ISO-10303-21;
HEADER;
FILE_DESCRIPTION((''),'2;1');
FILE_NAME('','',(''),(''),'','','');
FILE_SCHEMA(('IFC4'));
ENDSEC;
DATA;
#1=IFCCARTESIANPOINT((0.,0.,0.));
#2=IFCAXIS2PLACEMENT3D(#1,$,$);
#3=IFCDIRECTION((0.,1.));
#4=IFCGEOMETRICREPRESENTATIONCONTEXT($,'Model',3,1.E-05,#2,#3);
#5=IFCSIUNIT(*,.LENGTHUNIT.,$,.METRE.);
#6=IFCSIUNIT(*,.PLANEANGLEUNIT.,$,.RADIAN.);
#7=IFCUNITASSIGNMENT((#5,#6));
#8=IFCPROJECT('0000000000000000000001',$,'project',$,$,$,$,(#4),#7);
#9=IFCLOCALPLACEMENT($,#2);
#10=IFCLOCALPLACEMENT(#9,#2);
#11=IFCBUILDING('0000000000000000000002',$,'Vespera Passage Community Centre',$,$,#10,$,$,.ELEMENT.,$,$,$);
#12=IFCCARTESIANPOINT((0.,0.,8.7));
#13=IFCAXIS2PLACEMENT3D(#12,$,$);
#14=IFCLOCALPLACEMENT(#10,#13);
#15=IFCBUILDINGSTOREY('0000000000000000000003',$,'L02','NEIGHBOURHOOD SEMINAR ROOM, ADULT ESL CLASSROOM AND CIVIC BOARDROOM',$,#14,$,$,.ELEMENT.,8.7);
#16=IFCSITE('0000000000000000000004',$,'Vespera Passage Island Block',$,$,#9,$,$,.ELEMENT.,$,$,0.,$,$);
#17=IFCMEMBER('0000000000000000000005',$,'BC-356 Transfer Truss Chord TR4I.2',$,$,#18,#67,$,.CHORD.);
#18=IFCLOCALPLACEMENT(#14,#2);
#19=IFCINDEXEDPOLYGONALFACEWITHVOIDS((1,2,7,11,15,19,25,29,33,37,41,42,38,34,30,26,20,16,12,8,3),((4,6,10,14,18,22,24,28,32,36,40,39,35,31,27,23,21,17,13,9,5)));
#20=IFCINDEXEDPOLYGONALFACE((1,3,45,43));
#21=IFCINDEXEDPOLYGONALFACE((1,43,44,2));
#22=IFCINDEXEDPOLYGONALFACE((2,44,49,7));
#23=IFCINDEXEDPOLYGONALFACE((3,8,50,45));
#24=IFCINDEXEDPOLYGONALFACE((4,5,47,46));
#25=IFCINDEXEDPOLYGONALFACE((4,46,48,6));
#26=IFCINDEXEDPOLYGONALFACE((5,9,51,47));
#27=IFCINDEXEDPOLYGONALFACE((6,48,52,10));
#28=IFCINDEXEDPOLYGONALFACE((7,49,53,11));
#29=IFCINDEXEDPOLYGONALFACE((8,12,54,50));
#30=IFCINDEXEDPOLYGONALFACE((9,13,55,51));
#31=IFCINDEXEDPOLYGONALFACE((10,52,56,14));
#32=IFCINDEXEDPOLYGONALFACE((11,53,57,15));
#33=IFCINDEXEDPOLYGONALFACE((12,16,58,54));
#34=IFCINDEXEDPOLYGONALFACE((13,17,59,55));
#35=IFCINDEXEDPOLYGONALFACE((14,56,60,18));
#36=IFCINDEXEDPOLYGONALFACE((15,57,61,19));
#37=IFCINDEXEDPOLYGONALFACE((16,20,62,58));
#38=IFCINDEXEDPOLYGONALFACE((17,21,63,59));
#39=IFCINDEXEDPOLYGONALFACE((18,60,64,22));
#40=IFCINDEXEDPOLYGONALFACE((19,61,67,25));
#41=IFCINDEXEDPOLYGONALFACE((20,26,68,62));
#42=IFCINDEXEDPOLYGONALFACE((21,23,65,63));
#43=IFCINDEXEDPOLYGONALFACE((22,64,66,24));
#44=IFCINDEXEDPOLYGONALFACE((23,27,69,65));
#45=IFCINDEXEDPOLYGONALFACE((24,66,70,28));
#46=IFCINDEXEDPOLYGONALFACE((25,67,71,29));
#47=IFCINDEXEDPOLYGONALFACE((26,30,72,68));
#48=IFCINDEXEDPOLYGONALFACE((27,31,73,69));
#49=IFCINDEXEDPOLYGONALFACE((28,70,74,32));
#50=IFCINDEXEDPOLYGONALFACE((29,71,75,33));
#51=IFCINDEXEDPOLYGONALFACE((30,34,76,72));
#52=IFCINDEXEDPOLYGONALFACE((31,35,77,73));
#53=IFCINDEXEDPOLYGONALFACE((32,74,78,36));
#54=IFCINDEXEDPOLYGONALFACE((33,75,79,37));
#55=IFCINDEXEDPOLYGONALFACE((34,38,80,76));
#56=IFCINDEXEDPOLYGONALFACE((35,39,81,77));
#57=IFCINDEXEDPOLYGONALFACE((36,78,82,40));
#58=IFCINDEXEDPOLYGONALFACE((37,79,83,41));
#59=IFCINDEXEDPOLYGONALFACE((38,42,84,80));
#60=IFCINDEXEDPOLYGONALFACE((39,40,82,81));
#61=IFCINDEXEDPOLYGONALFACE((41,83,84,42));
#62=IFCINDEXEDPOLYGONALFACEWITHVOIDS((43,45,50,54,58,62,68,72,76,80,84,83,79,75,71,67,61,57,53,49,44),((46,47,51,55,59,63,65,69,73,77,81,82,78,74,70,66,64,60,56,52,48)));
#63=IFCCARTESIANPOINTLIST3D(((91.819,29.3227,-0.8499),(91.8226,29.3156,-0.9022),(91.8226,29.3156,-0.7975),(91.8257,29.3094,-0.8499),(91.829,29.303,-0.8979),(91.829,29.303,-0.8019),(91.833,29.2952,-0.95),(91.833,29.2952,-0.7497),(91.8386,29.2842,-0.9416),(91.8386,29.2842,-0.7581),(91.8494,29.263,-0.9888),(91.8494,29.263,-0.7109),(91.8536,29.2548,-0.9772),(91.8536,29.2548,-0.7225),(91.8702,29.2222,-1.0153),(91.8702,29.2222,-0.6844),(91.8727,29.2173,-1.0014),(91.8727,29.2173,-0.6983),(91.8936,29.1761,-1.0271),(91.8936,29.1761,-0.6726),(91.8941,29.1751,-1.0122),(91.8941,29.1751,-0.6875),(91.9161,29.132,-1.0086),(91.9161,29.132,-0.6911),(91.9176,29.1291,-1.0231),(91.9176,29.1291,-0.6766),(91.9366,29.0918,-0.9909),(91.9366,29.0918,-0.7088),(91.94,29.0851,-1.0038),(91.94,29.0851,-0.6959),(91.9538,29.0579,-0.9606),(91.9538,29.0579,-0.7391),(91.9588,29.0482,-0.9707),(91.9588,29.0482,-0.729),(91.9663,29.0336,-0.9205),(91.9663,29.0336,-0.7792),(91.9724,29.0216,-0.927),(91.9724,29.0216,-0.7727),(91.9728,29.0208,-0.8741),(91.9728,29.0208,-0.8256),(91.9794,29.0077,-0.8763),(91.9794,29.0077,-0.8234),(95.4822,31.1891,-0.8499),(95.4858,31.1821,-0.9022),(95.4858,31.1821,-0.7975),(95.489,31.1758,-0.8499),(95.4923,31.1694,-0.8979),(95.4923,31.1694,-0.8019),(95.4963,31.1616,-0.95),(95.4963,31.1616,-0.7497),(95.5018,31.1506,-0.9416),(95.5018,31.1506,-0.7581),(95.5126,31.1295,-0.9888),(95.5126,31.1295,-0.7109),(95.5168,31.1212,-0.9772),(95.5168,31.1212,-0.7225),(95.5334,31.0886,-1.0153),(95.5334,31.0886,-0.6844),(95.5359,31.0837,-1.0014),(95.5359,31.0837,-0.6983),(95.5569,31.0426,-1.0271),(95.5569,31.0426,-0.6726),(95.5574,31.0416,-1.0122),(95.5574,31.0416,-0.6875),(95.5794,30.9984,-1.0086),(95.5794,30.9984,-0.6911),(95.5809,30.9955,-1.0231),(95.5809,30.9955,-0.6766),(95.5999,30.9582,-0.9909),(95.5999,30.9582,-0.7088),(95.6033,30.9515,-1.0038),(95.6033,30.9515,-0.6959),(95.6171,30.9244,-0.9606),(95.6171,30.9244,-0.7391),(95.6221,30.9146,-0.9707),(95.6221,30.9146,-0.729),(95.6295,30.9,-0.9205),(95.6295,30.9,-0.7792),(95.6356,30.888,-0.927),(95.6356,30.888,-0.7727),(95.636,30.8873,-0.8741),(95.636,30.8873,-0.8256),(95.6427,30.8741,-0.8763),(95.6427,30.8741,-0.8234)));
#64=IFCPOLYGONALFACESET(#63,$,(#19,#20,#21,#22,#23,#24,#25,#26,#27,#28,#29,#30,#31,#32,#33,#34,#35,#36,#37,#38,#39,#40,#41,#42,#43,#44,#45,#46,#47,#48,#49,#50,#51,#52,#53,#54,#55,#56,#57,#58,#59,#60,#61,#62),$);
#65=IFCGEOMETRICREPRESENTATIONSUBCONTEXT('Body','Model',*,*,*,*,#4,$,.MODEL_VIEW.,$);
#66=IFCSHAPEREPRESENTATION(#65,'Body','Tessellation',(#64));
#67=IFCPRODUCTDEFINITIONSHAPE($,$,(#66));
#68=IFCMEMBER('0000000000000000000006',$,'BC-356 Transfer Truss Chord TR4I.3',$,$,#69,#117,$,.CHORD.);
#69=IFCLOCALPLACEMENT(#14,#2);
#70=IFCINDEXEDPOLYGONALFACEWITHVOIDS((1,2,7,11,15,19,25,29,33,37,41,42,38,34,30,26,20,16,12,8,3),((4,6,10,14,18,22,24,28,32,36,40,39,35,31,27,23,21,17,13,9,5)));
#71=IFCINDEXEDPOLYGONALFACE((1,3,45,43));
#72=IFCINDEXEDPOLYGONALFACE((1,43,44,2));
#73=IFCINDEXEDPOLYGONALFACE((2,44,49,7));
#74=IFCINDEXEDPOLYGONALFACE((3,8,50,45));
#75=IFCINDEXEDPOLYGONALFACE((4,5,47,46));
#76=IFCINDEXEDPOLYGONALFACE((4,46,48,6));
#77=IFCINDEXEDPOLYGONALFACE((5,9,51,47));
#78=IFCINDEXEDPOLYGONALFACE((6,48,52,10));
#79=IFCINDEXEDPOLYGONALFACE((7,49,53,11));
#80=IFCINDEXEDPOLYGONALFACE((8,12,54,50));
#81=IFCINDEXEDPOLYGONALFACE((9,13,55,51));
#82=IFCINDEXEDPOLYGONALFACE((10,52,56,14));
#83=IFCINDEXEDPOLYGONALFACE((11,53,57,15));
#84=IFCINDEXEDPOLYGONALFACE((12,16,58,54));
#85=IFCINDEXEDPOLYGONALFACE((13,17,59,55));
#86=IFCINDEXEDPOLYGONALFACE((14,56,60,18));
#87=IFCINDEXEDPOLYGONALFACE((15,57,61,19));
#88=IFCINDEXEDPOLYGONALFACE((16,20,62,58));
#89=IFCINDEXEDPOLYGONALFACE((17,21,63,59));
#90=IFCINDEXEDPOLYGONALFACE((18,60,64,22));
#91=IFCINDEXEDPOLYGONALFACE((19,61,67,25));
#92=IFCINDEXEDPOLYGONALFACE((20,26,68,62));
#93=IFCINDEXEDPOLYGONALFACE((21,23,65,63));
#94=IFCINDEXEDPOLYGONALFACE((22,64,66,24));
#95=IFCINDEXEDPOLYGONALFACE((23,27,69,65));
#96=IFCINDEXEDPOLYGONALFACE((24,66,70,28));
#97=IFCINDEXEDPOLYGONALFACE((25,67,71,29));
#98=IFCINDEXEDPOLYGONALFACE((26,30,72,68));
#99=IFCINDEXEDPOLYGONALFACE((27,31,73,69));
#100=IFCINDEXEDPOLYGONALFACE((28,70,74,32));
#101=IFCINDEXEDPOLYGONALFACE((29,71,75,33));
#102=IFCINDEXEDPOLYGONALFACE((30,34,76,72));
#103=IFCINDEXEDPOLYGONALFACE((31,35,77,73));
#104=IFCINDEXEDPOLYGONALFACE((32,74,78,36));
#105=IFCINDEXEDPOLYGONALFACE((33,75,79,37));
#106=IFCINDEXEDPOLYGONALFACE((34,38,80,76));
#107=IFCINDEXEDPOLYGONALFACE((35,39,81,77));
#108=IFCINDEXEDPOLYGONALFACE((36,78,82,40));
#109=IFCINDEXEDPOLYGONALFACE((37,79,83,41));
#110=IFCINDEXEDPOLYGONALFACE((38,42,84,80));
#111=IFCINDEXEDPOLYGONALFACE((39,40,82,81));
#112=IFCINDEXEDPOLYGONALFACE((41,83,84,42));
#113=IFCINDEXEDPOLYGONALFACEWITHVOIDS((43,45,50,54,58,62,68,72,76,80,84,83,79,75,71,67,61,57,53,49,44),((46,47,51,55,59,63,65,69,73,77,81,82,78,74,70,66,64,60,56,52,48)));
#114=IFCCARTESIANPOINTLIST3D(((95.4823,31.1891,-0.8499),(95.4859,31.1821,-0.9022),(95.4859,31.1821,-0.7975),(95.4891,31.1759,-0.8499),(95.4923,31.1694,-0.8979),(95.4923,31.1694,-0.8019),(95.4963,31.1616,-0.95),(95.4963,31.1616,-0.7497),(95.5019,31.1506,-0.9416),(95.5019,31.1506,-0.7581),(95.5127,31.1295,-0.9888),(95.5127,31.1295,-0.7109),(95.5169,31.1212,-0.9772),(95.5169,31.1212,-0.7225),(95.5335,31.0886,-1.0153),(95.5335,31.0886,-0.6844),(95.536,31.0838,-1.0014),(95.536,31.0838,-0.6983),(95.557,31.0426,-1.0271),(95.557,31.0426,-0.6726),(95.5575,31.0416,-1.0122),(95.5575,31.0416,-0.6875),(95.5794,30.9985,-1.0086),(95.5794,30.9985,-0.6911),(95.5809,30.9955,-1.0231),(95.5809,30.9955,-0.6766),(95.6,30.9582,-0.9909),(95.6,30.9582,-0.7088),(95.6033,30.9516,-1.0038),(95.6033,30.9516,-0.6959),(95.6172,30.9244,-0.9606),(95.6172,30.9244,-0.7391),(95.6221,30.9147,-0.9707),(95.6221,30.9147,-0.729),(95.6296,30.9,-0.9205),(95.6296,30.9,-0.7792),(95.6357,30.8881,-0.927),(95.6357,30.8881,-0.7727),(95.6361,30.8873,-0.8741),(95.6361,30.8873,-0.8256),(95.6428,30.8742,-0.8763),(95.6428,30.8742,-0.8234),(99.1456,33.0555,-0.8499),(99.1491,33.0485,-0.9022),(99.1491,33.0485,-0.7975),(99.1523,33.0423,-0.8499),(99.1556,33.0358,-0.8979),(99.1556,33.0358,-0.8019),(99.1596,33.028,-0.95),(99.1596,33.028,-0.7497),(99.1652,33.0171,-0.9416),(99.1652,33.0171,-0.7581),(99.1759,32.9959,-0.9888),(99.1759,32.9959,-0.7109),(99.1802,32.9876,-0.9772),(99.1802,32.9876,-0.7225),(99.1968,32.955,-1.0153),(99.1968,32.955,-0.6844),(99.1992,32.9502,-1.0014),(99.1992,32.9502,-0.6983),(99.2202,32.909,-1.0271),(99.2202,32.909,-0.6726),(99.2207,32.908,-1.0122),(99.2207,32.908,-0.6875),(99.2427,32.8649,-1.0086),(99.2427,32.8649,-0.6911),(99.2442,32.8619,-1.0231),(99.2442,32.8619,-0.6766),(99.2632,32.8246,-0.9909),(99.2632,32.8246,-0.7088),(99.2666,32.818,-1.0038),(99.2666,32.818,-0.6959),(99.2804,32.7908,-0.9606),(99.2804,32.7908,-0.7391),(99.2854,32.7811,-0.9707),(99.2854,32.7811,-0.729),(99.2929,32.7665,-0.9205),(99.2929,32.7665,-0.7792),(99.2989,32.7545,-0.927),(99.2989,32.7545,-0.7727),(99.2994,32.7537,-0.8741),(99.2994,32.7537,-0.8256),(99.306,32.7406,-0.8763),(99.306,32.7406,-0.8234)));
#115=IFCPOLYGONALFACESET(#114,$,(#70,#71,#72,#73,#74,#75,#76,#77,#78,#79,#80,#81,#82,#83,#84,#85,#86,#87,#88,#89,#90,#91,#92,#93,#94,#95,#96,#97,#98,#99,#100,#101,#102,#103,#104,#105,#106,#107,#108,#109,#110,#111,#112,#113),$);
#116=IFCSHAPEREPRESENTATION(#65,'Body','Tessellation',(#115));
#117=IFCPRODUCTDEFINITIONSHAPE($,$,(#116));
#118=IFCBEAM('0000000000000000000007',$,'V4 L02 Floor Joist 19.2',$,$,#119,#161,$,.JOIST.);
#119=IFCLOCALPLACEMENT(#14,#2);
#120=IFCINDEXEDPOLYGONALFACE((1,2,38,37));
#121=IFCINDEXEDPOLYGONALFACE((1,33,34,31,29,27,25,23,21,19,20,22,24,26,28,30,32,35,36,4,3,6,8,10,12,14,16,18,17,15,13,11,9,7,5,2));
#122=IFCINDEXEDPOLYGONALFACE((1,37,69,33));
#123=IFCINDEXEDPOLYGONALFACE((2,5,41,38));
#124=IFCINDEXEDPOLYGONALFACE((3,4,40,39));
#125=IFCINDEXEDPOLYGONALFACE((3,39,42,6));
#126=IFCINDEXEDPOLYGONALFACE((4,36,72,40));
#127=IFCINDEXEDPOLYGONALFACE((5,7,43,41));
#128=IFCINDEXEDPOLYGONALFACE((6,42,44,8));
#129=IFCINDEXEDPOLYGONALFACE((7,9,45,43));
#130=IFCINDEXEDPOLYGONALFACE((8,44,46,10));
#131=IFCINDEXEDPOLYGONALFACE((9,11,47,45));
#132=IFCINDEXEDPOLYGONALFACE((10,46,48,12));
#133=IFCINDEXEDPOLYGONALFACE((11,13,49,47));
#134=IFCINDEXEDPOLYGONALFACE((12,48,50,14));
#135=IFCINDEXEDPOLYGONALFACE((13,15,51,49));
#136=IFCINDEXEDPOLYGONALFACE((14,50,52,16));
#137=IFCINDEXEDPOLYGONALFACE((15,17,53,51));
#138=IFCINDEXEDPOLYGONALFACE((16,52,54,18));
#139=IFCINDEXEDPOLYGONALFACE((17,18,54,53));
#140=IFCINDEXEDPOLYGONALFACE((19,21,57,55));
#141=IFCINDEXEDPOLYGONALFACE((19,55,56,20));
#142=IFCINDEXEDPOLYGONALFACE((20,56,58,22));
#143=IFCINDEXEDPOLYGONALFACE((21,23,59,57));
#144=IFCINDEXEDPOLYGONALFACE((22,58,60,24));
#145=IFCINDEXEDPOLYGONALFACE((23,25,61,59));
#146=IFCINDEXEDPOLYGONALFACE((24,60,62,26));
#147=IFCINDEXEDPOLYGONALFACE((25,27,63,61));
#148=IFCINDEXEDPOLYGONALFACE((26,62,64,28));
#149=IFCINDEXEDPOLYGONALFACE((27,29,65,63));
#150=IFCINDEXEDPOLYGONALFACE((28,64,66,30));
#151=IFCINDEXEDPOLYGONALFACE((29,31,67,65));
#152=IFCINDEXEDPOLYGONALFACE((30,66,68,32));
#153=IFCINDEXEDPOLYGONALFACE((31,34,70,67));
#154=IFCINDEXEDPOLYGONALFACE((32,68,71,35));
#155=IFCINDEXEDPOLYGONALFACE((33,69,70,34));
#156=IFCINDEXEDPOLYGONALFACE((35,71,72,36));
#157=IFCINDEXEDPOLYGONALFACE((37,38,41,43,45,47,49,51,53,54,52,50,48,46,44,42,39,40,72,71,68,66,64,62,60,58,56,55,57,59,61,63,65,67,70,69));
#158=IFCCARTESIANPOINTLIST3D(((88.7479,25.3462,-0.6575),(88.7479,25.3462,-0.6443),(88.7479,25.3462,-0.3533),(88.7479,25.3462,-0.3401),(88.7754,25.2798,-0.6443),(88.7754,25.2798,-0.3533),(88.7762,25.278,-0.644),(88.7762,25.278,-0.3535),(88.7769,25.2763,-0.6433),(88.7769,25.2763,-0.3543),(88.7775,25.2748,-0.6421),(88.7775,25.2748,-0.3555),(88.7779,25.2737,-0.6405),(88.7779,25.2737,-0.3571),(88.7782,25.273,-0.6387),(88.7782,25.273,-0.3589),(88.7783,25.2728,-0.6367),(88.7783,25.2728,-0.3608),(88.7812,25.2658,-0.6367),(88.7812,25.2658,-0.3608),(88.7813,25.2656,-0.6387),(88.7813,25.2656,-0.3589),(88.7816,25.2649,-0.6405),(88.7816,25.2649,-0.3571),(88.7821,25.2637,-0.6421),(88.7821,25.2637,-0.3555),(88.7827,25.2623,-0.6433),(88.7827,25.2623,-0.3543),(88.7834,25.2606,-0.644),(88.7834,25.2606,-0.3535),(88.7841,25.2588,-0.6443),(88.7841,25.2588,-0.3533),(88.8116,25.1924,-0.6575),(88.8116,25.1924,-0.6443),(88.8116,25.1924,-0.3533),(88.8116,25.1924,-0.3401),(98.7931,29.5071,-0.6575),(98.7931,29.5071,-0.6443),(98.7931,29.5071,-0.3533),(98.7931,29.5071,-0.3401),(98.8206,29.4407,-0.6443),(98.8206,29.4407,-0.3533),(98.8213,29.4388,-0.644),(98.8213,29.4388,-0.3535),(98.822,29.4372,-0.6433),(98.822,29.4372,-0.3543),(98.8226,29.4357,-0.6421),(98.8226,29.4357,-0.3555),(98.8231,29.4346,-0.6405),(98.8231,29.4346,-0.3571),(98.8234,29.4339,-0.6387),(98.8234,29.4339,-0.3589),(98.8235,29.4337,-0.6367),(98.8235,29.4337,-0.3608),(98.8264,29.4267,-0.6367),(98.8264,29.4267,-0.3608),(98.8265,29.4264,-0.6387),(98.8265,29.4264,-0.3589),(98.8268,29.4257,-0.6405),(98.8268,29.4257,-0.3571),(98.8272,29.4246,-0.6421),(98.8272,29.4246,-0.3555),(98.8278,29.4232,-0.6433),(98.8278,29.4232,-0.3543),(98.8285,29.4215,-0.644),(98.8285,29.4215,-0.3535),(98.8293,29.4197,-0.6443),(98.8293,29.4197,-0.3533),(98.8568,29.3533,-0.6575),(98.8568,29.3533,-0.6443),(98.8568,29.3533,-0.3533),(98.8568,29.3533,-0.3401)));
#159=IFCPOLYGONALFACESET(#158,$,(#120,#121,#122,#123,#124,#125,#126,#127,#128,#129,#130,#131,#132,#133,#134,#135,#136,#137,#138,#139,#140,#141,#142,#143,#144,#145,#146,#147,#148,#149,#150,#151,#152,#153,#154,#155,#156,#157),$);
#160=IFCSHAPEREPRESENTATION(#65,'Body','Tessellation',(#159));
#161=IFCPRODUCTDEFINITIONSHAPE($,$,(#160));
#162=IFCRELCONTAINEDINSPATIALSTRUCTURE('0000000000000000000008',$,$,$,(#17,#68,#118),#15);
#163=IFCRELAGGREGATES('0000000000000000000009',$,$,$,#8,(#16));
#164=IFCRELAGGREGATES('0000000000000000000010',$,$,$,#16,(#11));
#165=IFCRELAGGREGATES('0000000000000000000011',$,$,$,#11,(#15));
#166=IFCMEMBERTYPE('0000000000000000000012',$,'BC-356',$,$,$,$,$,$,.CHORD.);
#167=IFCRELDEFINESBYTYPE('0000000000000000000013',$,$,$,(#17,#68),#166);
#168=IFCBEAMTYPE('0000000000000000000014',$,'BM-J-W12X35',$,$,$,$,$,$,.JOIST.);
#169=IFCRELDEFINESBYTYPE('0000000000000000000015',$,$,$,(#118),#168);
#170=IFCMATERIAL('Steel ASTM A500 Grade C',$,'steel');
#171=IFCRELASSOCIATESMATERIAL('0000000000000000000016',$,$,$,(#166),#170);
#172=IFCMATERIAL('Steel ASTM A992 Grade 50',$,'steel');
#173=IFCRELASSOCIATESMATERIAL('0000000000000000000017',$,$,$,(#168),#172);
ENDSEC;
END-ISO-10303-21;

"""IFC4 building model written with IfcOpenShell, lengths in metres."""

from ifc_helpers import new_model, si_unit, direction, frame, origin, origin_2d, place, context, subcontext, project, spatial, hollow_circle, i_section, extrude, material, material_profile, profile_set, type_object, element, save


model = new_model("IFC4")

# Units and contexts
model_context = context("Model", 3, precision=1e-05, world=origin(), true_north=direction((0.0, 1.0)))
body_context = subcontext(model_context, "Body", "Model", "MODEL_VIEW")
ifc_project = project(units=[si_unit("LENGTHUNIT", "METRE"), si_unit("PLANEANGLEUNIT", "RADIAN")], contexts=[model_context])

# Site, building, storey
site_placement = place(None, origin())
site = spatial("IfcSite", under=ifc_project, at=site_placement, Name="Vespera Passage Island Block", CompositionType="ELEMENT", RefElevation=0.0)
building_placement = place(site_placement, origin())
building = spatial("IfcBuilding", under=site, at=building_placement, Name="Vespera Passage Community Centre", CompositionType="ELEMENT")
storey_placement = place(building_placement, frame((0.0, 0.0, 8.7)))
storey = spatial("IfcBuildingStorey", under=building, at=storey_placement, Name="L02", Description="NEIGHBOURHOOD SEMINAR ROOM, ADULT ESL CLASSROOM AND CIVIC BOARDROOM", CompositionType="ELEMENT", Elevation=8.7)

# Members
ifc_material_1 = material(Name="Steel ASTM A500 Grade C", Category="steel")
ifc_material_profile_1 = material_profile(ifc_material_1, hollow_circle(Radius=0.1777, WallThickness=0.0149, at=origin_2d()), Name="CHS356X15.9")
ifc_profile_set_1 = profile_set([ifc_material_profile_1], Name="Steel ASTM A500 Grade C")
member_type_1 = type_object("IfcMemberType", Name="BC-356", PredefinedType="CHORD", material=ifc_profile_set_1)
for number, where, z_axis, x_axis, name in (
    (1, (91.8997, 29.1643, -0.8499), (0.891017, 0.45397, 0.0), (-0.45397, 0.891017, 0.0), "BC-356 Transfer Truss Chord TR4I.2"),
    (2, (95.563, 31.0308, -0.8499), (0.891017, 0.45397, 0.0), (-0.45397, 0.891017, 0.0), "BC-356 Transfer Truss Chord TR4I.3"),
):
    element("IfcMember", number, at=place(storey_placement, frame(where, z_axis=z_axis, x_axis=x_axis)), inside=storey, type_object=member_type_1, Name=name, PredefinedType="CHORD", context=body_context, shape_type="SweptSolid", body=[
        extrude(hollow_circle(Radius=0.1777, WallThickness=0.0149, at=origin_2d()), origin(), (0.0, 0.0, 1.0), 4.1113),
    ])

# Beam
ifc_material_2 = material(Name="Steel ASTM A992 Grade 50", Category="steel")
ifc_material_profile_2 = material_profile(ifc_material_2, i_section(OverallWidth=0.1665, OverallDepth=0.3174, WebThickness=0.0076, FlangeThickness=0.0132, FilletRadius=0.0076, at=origin_2d()), Name="W12X35")
ifc_profile_set_2 = profile_set([ifc_material_profile_2], Name="Steel ASTM A992 Grade 50")
beam_type_1 = type_object("IfcBeamType", Name="BM-J-W12X35", PredefinedType="JOIST", material=ifc_profile_set_2)
beam_1_placement = place(storey_placement, frame((88.7798, 25.2693, -0.4988), z_axis=(0.923878, 0.382687, 0.0), x_axis=(-0.382687, 0.923878, 0.0)))
element("IfcBeam", 3, at=beam_1_placement, inside=storey, type_object=beam_type_1, Name="V4 L02 Floor Joist 19.2", PredefinedType="JOIST", context=body_context, shape_type="SweptSolid", body=[
    extrude(i_section(OverallWidth=0.1665, OverallDepth=0.3174, WebThickness=0.0076, FlangeThickness=0.0132, FilletRadius=0.0076, at=origin_2d()), origin(), (0.0, 0.0, 1.0), 10.8728),
])

save(model, "model.ifc")
